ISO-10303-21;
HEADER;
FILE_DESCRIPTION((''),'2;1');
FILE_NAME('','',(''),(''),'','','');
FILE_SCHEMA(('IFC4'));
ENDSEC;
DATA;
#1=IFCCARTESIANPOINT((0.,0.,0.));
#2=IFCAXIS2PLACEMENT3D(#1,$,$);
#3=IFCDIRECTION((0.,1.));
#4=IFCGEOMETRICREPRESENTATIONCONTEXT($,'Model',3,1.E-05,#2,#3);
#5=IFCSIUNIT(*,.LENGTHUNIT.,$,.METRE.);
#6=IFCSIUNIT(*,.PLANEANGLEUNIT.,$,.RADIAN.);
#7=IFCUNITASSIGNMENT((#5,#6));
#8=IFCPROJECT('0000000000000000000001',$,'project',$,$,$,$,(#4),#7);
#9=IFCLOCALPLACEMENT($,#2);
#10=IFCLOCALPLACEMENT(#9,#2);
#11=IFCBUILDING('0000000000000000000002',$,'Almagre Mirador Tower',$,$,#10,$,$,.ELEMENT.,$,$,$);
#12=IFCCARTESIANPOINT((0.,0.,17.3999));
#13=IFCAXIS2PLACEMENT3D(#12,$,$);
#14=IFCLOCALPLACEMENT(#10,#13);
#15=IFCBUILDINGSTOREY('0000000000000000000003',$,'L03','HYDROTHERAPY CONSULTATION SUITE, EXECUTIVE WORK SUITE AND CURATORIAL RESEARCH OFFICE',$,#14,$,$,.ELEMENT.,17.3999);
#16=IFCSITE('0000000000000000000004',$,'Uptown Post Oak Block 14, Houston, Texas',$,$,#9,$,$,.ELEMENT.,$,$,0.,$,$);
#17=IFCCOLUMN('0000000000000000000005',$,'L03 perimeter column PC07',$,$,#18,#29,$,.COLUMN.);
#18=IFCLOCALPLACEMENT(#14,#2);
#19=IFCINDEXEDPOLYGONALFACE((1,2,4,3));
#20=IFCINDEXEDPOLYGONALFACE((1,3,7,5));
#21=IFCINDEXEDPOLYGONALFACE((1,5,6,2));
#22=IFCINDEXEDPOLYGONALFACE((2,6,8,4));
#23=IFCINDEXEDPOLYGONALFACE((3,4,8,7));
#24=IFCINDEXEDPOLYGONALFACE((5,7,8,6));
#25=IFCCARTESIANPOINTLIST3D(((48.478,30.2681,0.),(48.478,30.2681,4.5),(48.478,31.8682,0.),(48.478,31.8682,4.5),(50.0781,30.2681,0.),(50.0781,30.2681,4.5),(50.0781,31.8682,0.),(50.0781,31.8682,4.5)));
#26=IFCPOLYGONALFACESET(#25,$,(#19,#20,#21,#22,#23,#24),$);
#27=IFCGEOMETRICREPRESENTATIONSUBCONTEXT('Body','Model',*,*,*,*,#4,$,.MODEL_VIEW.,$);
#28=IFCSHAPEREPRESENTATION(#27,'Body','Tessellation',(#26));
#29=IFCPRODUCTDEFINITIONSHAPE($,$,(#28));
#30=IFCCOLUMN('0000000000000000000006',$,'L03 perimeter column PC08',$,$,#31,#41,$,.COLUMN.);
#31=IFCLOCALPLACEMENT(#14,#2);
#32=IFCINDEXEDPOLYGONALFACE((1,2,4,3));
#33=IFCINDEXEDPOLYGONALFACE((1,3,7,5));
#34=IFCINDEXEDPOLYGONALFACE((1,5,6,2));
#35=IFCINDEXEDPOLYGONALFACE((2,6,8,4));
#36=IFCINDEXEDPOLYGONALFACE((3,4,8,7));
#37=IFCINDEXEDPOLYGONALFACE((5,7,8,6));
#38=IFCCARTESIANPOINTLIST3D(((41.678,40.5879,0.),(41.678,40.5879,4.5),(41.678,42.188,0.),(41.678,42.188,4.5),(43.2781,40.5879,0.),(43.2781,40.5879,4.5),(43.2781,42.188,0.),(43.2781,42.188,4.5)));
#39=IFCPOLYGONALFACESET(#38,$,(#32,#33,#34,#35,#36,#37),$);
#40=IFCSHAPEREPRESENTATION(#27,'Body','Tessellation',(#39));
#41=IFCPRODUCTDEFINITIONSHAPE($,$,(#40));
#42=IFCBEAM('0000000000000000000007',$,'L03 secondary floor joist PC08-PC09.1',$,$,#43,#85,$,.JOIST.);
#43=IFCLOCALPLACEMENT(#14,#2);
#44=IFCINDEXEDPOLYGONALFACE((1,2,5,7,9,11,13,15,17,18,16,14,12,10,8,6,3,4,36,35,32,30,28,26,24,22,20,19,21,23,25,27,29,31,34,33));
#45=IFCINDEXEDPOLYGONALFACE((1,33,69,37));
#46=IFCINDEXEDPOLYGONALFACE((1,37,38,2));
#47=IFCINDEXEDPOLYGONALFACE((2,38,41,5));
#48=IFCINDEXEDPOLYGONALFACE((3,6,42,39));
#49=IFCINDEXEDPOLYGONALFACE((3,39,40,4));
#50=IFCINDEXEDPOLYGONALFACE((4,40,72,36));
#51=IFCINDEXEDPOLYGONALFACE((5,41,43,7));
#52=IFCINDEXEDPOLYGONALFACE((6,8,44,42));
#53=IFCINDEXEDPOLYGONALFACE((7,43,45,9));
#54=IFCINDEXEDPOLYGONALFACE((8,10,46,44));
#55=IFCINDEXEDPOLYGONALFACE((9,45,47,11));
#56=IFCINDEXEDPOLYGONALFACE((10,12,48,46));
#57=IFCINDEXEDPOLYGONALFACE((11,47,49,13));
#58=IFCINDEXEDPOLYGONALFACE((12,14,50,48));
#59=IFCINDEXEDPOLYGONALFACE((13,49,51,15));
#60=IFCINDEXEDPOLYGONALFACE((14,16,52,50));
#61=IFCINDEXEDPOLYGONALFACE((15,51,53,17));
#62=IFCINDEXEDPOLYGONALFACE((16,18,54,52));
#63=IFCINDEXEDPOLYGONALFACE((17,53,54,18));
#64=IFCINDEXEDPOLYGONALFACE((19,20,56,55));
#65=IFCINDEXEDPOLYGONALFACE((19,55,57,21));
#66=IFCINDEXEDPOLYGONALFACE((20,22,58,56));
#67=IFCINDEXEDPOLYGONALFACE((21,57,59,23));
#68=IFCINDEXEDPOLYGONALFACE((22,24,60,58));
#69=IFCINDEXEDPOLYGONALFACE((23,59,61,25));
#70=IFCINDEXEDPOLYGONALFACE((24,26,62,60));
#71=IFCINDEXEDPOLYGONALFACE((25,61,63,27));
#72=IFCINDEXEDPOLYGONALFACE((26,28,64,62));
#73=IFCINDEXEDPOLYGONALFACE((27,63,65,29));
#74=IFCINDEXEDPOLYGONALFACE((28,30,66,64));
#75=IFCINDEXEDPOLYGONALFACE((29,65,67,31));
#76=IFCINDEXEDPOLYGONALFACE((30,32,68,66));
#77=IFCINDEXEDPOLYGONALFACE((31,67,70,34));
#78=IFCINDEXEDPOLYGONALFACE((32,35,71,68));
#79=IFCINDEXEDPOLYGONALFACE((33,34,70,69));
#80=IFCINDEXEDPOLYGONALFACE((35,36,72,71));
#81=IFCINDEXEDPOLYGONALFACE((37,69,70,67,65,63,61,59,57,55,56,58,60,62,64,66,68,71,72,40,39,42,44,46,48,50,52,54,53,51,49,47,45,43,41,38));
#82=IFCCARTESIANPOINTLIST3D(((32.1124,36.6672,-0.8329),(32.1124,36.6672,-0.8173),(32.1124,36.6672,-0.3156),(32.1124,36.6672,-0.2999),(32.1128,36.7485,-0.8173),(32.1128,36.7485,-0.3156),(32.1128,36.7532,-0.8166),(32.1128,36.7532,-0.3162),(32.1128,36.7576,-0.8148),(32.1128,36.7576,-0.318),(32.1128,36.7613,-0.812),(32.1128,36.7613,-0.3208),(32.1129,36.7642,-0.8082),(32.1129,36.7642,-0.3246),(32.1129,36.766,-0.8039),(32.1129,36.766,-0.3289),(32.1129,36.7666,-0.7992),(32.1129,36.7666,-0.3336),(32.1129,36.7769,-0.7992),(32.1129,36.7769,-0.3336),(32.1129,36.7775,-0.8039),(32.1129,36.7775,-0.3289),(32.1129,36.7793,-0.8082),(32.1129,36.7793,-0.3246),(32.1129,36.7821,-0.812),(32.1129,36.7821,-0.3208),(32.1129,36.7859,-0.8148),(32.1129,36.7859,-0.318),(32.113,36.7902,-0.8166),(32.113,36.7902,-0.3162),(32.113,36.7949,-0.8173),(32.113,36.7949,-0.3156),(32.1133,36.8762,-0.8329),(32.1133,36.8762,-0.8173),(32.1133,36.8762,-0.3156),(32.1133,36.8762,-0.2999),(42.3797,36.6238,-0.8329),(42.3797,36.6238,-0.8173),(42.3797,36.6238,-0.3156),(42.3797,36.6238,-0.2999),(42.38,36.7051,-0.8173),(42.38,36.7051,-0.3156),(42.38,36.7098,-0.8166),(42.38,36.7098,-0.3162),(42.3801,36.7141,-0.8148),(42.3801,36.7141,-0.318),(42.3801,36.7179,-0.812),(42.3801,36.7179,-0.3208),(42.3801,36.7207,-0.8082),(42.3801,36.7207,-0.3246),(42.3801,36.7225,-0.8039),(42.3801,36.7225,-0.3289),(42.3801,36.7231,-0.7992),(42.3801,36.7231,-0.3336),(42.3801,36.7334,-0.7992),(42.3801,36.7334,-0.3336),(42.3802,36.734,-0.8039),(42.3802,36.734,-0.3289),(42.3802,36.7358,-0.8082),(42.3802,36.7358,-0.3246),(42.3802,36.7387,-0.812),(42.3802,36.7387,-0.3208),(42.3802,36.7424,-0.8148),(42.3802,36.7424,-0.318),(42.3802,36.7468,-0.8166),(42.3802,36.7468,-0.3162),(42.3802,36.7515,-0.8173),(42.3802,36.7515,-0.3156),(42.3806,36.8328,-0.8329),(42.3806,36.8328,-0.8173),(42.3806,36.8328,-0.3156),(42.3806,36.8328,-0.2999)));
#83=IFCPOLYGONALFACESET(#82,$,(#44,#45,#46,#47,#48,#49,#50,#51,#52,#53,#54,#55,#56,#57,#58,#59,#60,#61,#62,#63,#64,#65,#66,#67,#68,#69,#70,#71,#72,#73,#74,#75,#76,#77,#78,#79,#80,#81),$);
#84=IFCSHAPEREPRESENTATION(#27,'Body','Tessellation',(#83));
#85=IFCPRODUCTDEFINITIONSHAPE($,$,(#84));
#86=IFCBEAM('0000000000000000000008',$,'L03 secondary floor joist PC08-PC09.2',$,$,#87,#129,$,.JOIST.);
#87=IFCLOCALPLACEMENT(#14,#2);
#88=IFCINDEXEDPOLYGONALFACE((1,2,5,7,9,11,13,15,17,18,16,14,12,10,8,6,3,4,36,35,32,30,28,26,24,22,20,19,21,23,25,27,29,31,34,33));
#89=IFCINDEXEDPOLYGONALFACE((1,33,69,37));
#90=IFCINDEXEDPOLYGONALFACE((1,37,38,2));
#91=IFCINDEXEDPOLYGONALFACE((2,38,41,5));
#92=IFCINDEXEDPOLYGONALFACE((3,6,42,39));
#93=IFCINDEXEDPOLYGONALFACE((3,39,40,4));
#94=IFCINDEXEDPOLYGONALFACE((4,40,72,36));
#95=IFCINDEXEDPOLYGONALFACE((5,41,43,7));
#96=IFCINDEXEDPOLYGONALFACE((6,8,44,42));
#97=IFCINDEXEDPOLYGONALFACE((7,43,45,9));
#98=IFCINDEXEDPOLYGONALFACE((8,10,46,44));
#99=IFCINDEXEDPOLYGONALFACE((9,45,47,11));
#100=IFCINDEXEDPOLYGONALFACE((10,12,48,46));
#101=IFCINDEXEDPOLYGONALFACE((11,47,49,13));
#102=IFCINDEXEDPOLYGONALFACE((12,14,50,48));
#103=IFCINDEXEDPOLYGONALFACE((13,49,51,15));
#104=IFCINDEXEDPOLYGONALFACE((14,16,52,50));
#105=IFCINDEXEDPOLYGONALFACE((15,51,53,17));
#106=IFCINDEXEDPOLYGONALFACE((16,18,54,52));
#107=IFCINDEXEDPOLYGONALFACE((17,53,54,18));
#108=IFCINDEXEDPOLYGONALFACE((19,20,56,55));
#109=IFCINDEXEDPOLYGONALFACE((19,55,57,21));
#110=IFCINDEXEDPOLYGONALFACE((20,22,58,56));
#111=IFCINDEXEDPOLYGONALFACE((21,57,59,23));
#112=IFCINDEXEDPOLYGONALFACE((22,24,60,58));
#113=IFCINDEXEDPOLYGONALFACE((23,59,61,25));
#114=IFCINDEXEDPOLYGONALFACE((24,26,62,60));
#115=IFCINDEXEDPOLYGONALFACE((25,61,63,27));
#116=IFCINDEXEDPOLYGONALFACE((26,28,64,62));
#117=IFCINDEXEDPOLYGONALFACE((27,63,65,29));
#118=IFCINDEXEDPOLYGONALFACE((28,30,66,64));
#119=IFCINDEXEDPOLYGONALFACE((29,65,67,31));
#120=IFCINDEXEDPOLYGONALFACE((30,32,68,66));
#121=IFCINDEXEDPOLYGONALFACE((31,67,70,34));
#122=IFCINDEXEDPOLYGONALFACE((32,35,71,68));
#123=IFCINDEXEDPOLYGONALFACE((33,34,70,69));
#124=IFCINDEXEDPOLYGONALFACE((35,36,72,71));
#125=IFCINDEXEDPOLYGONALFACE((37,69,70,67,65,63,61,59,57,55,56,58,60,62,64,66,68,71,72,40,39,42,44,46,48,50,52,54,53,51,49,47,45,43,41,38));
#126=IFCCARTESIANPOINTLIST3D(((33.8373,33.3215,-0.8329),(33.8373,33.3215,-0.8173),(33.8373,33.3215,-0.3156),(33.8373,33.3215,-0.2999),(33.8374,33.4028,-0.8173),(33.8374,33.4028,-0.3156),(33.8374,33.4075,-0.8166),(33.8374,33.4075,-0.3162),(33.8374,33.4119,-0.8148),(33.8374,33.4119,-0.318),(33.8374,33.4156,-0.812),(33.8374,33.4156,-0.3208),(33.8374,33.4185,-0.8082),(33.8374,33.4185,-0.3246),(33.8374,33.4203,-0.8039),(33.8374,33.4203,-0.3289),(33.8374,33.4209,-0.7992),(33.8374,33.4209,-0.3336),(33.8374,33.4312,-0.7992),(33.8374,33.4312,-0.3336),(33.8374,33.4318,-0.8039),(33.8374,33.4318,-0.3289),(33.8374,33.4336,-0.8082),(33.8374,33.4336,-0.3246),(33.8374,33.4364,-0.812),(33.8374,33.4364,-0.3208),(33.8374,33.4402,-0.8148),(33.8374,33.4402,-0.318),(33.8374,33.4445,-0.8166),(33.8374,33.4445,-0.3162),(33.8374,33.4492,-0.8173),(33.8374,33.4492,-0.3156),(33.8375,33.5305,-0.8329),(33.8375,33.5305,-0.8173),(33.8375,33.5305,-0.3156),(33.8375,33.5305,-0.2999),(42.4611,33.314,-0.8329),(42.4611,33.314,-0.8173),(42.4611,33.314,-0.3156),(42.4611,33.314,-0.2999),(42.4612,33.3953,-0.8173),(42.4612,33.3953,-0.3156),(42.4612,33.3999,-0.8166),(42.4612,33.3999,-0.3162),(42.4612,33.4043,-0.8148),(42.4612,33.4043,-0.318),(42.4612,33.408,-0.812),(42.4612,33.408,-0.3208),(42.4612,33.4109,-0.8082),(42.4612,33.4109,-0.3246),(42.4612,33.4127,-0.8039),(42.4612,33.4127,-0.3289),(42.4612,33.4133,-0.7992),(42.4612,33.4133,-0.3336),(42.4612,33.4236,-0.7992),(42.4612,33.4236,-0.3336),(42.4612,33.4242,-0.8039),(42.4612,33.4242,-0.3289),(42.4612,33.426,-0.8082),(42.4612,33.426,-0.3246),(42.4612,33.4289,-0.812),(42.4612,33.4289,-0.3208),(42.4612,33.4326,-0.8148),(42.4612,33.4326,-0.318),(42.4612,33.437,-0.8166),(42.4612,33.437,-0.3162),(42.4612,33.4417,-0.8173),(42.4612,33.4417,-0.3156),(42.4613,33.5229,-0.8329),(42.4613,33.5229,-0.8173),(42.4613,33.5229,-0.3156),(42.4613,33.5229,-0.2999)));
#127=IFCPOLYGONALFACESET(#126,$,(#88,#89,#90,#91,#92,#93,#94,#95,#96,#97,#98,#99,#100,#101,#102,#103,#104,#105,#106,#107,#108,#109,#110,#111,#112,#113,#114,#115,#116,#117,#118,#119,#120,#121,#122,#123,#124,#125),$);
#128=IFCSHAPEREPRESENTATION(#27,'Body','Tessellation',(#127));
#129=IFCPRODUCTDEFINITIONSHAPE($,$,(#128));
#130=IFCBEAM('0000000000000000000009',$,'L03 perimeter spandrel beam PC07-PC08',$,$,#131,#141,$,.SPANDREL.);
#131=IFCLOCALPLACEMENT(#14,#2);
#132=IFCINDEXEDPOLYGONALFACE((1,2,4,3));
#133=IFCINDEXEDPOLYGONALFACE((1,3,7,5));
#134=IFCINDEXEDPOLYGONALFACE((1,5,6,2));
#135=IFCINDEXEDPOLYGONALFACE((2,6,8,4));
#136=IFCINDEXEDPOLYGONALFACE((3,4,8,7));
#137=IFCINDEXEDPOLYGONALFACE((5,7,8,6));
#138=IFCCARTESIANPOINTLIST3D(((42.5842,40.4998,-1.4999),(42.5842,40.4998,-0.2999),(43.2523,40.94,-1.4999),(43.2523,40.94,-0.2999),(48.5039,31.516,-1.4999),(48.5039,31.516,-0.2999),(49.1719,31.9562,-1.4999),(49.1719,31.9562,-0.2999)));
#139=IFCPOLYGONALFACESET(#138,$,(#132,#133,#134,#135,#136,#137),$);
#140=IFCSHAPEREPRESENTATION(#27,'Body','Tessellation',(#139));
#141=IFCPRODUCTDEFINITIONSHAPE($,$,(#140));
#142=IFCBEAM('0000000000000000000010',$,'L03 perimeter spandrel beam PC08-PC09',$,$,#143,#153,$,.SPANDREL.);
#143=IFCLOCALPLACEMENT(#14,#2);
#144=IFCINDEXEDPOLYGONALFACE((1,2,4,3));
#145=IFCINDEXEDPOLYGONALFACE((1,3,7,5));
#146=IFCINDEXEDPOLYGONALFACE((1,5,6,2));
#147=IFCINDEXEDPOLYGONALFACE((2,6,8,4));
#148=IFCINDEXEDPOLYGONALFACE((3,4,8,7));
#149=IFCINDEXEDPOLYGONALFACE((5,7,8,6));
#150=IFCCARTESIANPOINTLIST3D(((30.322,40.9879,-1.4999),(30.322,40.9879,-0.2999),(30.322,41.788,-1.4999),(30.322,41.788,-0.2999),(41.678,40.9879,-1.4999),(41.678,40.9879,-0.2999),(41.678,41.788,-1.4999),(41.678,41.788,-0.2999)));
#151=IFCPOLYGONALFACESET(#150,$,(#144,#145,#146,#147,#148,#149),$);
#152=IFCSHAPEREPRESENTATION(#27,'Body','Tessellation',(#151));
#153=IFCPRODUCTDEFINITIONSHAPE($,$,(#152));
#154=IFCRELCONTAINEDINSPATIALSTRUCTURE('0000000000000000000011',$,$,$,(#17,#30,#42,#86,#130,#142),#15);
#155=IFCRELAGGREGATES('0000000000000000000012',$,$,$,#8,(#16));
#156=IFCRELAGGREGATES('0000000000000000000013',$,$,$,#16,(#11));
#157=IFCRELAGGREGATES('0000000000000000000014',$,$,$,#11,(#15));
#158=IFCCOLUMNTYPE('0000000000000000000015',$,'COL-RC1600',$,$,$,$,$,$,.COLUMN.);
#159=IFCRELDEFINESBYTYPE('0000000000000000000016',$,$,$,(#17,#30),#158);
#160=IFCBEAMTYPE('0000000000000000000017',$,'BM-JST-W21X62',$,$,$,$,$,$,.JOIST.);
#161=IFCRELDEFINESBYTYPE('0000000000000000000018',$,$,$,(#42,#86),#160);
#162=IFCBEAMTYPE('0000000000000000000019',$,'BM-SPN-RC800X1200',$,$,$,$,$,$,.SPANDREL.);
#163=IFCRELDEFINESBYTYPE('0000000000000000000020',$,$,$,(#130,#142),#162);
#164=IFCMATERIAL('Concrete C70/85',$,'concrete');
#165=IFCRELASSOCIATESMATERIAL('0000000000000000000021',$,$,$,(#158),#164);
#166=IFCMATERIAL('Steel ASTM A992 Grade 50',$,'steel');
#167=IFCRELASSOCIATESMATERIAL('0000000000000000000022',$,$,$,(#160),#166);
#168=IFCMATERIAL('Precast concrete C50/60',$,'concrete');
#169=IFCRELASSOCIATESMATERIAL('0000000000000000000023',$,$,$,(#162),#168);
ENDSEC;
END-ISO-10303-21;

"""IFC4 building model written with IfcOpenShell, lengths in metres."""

from ifc_helpers import new_model, si_unit, direction, frame, origin, origin_2d, place, context, subcontext, project, spatial, rectangle, i_section, extrude, material, material_profile, profile_set, type_object, element, save


model = new_model("IFC4")

# Units and contexts
model_context = context("Model", 3, precision=1e-05, world=origin(), true_north=direction((0.0, 1.0)))
body_context = subcontext(model_context, "Body", "Model", "MODEL_VIEW")
ifc_project = project(units=[si_unit("LENGTHUNIT", "METRE"), si_unit("PLANEANGLEUNIT", "RADIAN")], contexts=[model_context])

# Site, building, storey
site_placement = place(None, origin())
site = spatial("IfcSite", under=ifc_project, at=site_placement, Name="Uptown Post Oak Block 14, Houston, Texas", CompositionType="ELEMENT", RefElevation=0.0)
building_placement = place(site_placement, origin())
building = spatial("IfcBuilding", under=site, at=building_placement, Name="Almagre Mirador Tower", CompositionType="ELEMENT")
storey_placement = place(building_placement, frame((0.0, 0.0, 17.3999)))
storey = spatial("IfcBuildingStorey", under=building, at=storey_placement, Name="L03", Description="HYDROTHERAPY CONSULTATION SUITE, EXECUTIVE WORK SUITE AND CURATORIAL RESEARCH OFFICE", CompositionType="ELEMENT", Elevation=17.3999)

# Columns
ifc_material_1 = material(Name="Concrete C70/85", Category="concrete")
ifc_material_profile_1 = material_profile(ifc_material_1, rectangle(XDim=1.6001, YDim=1.6001, at=origin_2d()), Name="RC1600X1600")
ifc_profile_set_1 = profile_set([ifc_material_profile_1], Name="Concrete C70/85")
column_type = type_object("IfcColumnType", Name="COL-RC1600", PredefinedType="COLUMN", material=ifc_profile_set_1)
for number, where, z_axis, x_axis, name in (
    (1, (49.2781, 31.0681, 0.0), (0.0, 0.0, 1.0), (1.0, 0.0, 0.0), "L03 perimeter column PC07"),
    (2, (42.478, 41.3879, 0.0), (0.0, 0.0, 1.0), (1.0, 0.0, 0.0), "L03 perimeter column PC08"),
):
    element("IfcColumn", number, at=place(storey_placement, frame(where, z_axis=z_axis, x_axis=x_axis)), inside=storey, type_object=column_type, Name=name, PredefinedType="COLUMN", context=body_context, shape_type="SweptSolid", body=[
        extrude(rectangle(XDim=1.6001, YDim=1.6001, at=origin_2d()), origin(), (0.0, 0.0, 1.0), 4.5),
    ])

# Beams
ifc_material_2 = material(Name="Steel ASTM A992 Grade 50", Category="steel")
ifc_material_profile_2 = material_profile(ifc_material_2, i_section(OverallWidth=0.209, OverallDepth=0.533, WebThickness=0.0103, FlangeThickness=0.0156, FilletRadius=0.0181, at=origin_2d()), Name="W21X62")
ifc_profile_set_2 = profile_set([ifc_material_profile_2], Name="Steel ASTM A992 Grade 50")
beam_type_1 = type_object("IfcBeamType", Name="BM-JST-W21X62", PredefinedType="JOIST", material=ifc_profile_set_2)
beam_1_placement = place(storey_placement, frame((42.3801, 36.7283, -0.5664), z_axis=(-0.999991, 0.004233, 0.0), x_axis=(-0.004233, -0.999991, 0.0)))
element("IfcBeam", 3, at=beam_1_placement, inside=storey, type_object=beam_type_1, Name="L03 secondary floor joist PC08-PC09.1", PredefinedType="JOIST", context=body_context, shape_type="SweptSolid", body=[
    extrude(i_section(OverallWidth=0.209, OverallDepth=0.533, WebThickness=0.0103, FlangeThickness=0.0156, FilletRadius=0.0181, at=origin_2d()), origin(), (0.0, 0.0, 1.0), 10.2673),
])
beam_2_placement = place(storey_placement, frame((42.4612, 33.4185, -0.5664), z_axis=(-1.0, 0.000878, 0.0), x_axis=(-0.000878, -1.0, 0.0)))
element("IfcBeam", 4, at=beam_2_placement, inside=storey, type_object=beam_type_1, Name="L03 secondary floor joist PC08-PC09.2", PredefinedType="JOIST", context=body_context, shape_type="SweptSolid", body=[
    extrude(i_section(OverallWidth=0.209, OverallDepth=0.533, WebThickness=0.0103, FlangeThickness=0.0156, FilletRadius=0.0181, at=origin_2d()), origin(), (0.0, 0.0, 1.0), 8.6238),
])
ifc_material_3 = material(Name="Precast concrete C50/60", Category="concrete")
ifc_material_profile_3 = material_profile(ifc_material_3, rectangle(XDim=0.8, YDim=1.2, at=origin_2d()), Name="RC800X1200")
ifc_profile_set_3 = profile_set([ifc_material_profile_3], Name="Precast concrete C50/60")
beam_type_2 = type_object("IfcBeamType", Name="BM-SPN-RC800X1200", PredefinedType="SPANDREL", material=ifc_profile_set_3)
beam_3_placement = place(storey_placement, frame((48.8379, 31.7361, -0.8999), z_axis=(-0.550215, 0.835023, 0.0), x_axis=(-0.835023, -0.550215, 0.0)))
element("IfcBeam", 5, at=beam_3_placement, inside=storey, type_object=beam_type_2, Name="L03 perimeter spandrel beam PC07-PC08", PredefinedType="SPANDREL", context=body_context, shape_type="SweptSolid", body=[
    extrude(rectangle(XDim=0.8, YDim=1.2, at=origin_2d()), origin(), (0.0, 0.0, 1.0), 10.7588),
])
beam_4_placement = place(storey_placement, frame((41.678, 41.3879, -0.8999), z_axis=(-1.0, 0.0, 0.0), x_axis=(0.0, -1.0, 0.0)))
element("IfcBeam", 6, at=beam_4_placement, inside=storey, type_object=beam_type_2, Name="L03 perimeter spandrel beam PC08-PC09", PredefinedType="SPANDREL", context=body_context, shape_type="SweptSolid", body=[
    extrude(rectangle(XDim=0.8, YDim=1.2, at=origin_2d()), origin(), (0.0, 0.0, 1.0), 11.356),
])

save(model, "model.ifc")
